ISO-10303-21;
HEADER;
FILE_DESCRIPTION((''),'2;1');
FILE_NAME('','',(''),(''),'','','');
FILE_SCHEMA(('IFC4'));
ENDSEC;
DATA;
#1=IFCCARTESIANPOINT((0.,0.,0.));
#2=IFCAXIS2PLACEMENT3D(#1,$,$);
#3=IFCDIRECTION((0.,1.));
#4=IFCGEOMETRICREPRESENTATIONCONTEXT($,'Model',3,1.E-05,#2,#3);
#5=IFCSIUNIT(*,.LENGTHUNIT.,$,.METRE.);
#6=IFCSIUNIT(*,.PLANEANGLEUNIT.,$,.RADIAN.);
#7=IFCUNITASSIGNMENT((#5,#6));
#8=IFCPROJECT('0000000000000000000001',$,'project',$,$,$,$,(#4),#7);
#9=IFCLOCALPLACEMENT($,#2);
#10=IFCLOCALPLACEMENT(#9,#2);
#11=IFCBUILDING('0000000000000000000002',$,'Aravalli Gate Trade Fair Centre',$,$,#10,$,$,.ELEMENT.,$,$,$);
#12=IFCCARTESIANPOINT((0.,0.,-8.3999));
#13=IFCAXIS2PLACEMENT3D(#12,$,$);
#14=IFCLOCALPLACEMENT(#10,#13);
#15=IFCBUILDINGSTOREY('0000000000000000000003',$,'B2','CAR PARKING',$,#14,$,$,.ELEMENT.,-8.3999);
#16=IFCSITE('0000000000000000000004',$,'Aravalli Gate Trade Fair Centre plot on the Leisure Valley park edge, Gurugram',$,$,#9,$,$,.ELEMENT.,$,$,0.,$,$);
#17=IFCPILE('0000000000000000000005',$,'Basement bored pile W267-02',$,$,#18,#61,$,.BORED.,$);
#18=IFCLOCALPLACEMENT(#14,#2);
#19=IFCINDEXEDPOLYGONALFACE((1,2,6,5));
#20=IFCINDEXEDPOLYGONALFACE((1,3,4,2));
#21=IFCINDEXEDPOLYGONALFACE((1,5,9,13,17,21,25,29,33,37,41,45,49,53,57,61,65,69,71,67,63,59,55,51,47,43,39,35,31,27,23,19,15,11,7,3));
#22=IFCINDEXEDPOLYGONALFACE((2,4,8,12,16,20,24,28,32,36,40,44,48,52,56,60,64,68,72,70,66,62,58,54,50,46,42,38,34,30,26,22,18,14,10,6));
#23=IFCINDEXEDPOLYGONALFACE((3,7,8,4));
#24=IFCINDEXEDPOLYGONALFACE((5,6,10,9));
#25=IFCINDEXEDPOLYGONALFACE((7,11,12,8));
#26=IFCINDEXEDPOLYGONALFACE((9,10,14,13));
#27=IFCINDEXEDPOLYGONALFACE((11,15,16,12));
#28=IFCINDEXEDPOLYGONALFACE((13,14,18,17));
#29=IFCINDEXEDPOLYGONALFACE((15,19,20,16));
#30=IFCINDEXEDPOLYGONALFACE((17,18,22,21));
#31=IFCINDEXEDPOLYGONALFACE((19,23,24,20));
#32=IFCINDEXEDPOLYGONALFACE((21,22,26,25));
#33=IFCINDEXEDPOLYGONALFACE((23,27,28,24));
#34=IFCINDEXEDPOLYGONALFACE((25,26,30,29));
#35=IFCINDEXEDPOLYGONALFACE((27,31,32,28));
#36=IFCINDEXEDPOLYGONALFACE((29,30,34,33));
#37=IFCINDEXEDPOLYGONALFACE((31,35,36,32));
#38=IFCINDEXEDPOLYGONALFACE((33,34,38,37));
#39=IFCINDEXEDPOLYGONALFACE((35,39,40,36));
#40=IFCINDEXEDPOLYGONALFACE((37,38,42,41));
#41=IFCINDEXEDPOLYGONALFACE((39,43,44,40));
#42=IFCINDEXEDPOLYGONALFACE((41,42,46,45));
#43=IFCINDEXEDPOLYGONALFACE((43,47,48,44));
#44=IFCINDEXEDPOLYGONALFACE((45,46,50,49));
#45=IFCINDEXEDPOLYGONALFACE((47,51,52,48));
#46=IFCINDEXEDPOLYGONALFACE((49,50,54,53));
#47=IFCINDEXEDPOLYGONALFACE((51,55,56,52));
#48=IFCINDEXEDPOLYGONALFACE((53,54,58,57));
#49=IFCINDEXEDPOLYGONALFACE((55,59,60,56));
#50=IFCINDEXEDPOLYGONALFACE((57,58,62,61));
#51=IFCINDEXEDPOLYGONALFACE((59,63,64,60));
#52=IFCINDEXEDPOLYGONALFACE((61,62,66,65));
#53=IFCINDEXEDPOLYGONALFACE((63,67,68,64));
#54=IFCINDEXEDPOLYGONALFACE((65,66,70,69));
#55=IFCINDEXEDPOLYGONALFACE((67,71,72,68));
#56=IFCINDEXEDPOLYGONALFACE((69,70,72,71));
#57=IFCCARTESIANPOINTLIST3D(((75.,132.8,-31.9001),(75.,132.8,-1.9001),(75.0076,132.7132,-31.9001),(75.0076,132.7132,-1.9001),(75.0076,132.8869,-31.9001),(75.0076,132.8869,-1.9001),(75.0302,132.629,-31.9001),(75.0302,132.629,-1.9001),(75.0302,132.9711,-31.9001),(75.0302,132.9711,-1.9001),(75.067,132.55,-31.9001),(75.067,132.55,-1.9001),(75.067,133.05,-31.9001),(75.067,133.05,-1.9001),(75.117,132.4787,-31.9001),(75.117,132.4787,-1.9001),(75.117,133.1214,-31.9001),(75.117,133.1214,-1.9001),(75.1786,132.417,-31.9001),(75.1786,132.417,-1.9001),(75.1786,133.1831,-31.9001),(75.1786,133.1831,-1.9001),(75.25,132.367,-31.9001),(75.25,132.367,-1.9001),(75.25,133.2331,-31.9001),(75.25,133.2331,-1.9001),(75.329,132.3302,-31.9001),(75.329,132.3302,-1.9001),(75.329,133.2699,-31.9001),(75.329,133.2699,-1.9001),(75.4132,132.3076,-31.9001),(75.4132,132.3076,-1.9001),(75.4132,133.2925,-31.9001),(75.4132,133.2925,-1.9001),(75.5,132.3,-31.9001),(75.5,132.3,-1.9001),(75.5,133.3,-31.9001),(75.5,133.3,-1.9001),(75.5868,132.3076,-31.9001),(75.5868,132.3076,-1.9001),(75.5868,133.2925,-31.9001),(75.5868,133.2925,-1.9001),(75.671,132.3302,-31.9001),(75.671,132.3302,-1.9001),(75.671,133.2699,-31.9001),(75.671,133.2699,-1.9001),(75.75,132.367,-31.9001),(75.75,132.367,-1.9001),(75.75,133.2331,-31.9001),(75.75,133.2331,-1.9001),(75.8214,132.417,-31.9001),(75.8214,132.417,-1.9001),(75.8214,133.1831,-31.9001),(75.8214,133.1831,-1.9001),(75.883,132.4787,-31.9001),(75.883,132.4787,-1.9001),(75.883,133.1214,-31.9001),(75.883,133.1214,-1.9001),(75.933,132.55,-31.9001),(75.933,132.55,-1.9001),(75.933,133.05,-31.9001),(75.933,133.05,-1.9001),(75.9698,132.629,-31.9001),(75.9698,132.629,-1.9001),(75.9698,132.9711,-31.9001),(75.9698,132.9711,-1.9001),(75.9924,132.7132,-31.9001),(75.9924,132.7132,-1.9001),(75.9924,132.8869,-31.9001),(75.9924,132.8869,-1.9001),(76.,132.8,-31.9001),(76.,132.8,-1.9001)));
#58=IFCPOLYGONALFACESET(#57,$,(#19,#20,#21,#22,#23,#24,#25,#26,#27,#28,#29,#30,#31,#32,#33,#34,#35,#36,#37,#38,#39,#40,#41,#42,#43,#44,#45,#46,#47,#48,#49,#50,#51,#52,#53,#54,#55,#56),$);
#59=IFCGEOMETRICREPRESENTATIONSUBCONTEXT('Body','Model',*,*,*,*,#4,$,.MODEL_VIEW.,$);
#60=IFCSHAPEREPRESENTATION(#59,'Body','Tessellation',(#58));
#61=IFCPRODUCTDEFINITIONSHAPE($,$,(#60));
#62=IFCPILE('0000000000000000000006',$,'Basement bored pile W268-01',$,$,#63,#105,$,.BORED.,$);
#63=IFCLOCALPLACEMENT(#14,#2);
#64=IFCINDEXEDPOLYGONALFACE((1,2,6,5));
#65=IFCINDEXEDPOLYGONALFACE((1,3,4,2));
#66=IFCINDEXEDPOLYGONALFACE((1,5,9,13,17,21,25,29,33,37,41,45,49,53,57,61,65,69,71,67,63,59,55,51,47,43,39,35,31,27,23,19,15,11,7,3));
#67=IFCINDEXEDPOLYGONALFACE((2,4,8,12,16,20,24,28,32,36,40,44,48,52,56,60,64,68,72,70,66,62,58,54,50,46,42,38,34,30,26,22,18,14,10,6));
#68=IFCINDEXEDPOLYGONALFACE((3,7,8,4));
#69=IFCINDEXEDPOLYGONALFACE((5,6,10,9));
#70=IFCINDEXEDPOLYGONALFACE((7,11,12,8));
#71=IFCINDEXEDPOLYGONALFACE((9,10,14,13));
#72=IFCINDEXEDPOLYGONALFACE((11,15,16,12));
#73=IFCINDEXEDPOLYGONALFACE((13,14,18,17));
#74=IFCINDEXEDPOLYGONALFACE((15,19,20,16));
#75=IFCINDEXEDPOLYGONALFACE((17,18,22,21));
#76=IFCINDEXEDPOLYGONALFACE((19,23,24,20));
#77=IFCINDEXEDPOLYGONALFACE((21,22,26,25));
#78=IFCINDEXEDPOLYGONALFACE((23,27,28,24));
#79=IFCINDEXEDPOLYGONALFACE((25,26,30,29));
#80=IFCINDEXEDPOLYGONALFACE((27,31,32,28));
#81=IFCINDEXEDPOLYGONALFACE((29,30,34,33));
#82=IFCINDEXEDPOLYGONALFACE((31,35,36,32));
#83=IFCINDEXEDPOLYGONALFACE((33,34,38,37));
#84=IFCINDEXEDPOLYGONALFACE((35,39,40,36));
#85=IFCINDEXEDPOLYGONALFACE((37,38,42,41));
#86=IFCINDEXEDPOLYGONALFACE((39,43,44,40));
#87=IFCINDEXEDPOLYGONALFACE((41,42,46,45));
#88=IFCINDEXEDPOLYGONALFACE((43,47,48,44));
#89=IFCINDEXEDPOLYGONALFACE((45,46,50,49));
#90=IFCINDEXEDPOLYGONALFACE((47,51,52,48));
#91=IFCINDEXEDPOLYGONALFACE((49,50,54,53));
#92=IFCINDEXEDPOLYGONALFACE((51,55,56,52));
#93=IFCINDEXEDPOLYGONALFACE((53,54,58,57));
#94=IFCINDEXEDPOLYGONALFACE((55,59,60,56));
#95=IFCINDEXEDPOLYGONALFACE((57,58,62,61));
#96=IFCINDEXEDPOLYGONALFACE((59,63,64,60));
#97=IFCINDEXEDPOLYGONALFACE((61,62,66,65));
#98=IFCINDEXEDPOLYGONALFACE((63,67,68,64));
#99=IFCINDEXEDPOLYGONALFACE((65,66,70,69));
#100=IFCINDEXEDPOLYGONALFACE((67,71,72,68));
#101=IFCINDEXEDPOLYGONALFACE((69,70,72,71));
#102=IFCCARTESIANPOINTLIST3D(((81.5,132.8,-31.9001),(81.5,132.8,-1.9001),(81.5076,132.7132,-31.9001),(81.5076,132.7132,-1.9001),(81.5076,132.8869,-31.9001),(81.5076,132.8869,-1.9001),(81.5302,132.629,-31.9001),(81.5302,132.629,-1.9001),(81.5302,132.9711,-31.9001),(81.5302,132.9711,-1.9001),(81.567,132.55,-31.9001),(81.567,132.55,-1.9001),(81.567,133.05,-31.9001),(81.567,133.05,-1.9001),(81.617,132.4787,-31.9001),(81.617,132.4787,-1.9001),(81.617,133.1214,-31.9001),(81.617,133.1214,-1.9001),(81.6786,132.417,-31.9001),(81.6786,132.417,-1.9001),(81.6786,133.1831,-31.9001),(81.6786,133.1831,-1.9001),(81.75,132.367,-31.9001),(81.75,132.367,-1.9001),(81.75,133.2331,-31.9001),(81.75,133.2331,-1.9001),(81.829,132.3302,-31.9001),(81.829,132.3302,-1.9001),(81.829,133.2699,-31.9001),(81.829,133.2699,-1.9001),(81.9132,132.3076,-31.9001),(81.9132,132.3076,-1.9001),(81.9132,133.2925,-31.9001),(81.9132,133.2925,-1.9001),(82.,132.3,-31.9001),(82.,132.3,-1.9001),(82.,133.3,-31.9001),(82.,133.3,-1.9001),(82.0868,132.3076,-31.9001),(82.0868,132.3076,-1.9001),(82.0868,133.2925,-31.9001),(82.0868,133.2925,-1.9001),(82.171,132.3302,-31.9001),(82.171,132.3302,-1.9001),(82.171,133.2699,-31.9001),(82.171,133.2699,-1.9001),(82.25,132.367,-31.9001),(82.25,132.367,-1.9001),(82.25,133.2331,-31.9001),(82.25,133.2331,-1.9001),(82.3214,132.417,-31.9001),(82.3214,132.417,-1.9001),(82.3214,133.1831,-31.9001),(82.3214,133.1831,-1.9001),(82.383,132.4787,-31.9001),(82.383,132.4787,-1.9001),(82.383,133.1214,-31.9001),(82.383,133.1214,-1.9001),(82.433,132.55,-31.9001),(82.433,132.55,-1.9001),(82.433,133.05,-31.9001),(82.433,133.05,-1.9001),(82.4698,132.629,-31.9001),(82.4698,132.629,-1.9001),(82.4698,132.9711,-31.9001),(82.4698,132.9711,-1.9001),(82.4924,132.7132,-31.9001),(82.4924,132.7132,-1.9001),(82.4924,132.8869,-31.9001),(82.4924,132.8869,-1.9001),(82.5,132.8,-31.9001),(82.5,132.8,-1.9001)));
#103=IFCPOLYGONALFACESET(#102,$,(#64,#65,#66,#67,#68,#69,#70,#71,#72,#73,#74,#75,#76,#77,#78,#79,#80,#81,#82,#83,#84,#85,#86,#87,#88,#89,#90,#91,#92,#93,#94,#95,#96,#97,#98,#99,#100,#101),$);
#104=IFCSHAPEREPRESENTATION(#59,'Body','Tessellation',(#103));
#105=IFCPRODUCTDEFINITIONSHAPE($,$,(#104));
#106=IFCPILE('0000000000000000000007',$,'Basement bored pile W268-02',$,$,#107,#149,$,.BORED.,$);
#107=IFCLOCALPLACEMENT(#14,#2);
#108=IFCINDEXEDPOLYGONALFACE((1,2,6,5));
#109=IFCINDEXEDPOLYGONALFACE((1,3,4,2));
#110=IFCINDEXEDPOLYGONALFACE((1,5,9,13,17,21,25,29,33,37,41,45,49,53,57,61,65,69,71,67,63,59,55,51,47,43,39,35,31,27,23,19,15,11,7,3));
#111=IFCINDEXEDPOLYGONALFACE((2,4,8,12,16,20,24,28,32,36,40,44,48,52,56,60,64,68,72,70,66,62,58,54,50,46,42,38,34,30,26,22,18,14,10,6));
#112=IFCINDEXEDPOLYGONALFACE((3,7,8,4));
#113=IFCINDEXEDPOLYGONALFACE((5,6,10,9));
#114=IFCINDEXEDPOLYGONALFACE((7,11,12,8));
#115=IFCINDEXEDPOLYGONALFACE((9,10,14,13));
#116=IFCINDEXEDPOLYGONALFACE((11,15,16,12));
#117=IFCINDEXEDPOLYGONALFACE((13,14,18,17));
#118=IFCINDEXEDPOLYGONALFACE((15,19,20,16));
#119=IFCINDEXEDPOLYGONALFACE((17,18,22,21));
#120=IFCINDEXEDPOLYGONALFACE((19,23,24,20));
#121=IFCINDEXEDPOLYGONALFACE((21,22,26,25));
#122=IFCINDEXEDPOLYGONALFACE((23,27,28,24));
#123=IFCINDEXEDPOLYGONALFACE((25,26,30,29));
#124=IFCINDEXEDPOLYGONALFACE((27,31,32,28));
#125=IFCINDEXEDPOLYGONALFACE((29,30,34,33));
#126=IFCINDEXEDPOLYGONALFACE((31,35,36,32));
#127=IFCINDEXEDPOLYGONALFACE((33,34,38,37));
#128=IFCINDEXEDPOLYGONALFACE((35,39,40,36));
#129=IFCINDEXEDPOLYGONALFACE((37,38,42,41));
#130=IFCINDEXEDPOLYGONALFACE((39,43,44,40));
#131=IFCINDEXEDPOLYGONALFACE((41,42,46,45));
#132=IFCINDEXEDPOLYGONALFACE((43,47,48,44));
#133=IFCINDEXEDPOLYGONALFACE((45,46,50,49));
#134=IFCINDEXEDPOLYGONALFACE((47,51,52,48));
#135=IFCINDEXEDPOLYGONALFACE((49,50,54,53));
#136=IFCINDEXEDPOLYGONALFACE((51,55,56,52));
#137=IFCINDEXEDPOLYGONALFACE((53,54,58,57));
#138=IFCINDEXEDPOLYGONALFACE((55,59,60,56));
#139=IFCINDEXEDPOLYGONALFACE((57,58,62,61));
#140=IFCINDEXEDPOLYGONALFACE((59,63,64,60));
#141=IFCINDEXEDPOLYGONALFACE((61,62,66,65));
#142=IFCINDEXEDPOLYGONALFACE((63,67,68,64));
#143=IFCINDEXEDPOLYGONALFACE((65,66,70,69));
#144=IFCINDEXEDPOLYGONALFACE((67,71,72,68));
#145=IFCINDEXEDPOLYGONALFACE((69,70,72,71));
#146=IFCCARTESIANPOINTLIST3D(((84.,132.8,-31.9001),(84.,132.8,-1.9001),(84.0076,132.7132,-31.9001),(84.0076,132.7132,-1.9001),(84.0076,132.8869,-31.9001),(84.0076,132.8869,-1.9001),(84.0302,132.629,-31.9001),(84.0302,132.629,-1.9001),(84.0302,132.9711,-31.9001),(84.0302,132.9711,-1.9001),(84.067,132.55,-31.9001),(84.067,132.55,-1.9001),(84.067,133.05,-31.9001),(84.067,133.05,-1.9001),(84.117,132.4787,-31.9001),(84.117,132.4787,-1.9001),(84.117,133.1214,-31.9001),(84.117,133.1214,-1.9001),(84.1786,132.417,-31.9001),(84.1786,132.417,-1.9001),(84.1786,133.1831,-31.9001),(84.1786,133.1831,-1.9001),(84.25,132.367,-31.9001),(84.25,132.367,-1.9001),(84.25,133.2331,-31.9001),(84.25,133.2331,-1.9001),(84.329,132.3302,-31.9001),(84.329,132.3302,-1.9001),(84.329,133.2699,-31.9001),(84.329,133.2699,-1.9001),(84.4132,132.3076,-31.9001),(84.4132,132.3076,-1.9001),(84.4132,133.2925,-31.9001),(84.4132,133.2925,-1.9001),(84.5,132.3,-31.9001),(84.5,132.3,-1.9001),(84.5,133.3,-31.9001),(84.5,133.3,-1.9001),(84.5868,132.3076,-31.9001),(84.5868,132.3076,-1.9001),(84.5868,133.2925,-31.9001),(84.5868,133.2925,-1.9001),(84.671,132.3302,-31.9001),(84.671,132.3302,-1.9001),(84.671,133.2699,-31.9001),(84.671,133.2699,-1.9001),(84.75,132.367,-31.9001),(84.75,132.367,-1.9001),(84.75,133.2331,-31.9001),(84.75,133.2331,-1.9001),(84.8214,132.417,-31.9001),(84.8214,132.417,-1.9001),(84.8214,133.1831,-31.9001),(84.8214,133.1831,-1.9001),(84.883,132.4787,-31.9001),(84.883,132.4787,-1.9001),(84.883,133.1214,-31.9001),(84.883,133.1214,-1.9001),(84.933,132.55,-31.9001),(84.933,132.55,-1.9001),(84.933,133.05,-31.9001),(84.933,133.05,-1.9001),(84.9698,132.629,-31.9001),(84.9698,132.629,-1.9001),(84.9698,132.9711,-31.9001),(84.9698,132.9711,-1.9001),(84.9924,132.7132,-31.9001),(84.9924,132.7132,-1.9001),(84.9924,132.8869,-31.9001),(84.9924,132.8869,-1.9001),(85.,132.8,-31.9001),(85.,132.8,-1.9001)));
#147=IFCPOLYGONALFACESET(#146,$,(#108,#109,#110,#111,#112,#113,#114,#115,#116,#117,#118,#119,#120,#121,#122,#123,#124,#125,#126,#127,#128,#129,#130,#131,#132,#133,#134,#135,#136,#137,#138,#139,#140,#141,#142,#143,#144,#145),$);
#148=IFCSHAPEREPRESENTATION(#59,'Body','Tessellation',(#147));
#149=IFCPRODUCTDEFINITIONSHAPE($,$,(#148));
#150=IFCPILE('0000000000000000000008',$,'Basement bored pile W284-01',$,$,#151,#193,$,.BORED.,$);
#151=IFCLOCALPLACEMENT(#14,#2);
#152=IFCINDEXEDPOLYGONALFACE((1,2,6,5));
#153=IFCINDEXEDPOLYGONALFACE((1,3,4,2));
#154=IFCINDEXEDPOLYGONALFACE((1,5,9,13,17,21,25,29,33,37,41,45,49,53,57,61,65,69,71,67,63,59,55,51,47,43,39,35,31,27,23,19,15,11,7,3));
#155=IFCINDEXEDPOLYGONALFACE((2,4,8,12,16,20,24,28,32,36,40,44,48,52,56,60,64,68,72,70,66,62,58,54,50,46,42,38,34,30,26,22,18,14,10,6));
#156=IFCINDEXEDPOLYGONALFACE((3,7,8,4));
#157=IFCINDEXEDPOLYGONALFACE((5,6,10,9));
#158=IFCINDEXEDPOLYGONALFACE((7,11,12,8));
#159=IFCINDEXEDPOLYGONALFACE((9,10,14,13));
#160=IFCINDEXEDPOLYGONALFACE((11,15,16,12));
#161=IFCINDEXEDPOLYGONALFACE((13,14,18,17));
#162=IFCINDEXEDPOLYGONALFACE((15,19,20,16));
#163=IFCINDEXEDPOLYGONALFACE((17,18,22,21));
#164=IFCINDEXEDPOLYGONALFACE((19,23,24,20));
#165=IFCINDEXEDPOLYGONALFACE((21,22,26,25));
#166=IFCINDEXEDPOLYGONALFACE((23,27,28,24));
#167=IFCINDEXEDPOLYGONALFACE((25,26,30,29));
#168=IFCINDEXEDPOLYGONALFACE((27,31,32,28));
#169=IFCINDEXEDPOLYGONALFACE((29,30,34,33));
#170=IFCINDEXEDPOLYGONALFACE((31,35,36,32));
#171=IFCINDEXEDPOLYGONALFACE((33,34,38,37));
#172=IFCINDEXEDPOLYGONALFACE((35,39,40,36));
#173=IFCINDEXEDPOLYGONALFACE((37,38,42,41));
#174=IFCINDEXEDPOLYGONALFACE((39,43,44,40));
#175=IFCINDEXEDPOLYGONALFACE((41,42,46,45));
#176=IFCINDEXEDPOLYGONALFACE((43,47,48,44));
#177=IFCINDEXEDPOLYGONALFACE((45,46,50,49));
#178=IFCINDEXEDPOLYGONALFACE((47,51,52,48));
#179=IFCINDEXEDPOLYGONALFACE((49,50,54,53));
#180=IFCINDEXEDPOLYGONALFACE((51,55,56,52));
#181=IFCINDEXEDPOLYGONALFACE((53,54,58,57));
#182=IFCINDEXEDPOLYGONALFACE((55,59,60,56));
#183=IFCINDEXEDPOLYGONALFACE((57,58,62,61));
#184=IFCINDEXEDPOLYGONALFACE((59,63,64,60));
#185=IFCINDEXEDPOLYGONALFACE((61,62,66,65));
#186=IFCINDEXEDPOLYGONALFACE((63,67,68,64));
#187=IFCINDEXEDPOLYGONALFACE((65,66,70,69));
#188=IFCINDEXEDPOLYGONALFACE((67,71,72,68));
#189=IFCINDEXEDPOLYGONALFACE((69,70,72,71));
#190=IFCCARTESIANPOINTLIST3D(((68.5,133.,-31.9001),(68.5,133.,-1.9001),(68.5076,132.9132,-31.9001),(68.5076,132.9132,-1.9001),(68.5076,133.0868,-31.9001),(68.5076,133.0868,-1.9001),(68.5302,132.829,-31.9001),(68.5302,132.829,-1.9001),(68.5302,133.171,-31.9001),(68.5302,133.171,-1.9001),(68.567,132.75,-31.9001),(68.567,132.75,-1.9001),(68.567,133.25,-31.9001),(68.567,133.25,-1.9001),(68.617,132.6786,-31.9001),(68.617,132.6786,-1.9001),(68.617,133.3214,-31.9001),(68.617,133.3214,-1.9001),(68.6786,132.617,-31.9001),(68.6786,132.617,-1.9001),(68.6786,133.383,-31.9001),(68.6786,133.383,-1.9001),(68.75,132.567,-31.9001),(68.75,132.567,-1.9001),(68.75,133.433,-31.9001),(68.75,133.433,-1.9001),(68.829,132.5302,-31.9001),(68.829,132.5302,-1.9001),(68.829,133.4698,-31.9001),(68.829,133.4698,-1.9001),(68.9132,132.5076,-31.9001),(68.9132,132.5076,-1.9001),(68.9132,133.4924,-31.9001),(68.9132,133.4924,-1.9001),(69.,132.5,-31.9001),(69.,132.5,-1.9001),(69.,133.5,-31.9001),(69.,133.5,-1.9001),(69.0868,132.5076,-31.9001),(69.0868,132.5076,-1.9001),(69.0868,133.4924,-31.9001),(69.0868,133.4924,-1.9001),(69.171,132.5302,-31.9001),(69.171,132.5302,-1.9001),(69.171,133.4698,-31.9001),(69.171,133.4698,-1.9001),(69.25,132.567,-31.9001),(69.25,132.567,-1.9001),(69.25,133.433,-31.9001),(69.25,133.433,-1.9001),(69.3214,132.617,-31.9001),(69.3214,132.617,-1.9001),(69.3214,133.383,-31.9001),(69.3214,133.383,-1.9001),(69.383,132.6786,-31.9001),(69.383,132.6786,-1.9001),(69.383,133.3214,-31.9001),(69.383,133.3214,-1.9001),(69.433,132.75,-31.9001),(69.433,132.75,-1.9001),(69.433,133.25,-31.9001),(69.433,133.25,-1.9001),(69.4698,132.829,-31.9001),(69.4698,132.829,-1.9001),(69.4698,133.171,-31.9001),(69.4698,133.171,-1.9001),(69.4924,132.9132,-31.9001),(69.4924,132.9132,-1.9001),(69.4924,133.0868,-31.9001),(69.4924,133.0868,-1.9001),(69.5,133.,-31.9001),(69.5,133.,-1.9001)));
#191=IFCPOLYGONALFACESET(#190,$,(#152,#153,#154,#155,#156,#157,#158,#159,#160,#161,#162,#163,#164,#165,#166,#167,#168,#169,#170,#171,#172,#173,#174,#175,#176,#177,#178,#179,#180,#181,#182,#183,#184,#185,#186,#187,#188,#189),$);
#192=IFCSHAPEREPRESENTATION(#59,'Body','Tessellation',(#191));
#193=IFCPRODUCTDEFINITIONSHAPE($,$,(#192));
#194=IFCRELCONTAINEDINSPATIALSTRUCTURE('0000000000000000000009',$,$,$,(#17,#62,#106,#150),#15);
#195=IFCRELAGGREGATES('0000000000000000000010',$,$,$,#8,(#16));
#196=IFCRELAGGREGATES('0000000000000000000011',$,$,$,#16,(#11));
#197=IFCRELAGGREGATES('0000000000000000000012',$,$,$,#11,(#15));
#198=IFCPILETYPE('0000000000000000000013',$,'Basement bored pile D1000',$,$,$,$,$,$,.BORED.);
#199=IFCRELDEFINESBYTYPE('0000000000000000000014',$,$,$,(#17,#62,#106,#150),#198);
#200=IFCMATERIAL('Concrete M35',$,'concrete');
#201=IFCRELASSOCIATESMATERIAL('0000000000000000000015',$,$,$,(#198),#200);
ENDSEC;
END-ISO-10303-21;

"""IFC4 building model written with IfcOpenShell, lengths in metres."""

from ifc_helpers import new_model, si_unit, direction, frame, origin, origin_2d, place, context, subcontext, project, spatial, circle, extrude, material, material_profile, profile_set, type_object, element, save


model = new_model("IFC4")

# Units and contexts
model_context = context("Model", 3, precision=1e-05, world=origin(), true_north=direction((0.0, 1.0)))
body_context = subcontext(model_context, "Body", "Model", "MODEL_VIEW")
ifc_project = project(units=[si_unit("LENGTHUNIT", "METRE"), si_unit("PLANEANGLEUNIT", "RADIAN")], contexts=[model_context])

# Site, building, storey
site_placement = place(None, origin())
site = spatial("IfcSite", under=ifc_project, at=site_placement, Name="Aravalli Gate Trade Fair Centre plot on the Leisure Valley park edge, Gurugram", CompositionType="ELEMENT", RefElevation=0.0)
building_placement = place(site_placement, origin())
building = spatial("IfcBuilding", under=site, at=building_placement, Name="Aravalli Gate Trade Fair Centre", CompositionType="ELEMENT")
storey_placement = place(building_placement, frame((0.0, 0.0, -8.3999)))
storey = spatial("IfcBuildingStorey", under=building, at=storey_placement, Name="B2", Description="CAR PARKING", CompositionType="ELEMENT", Elevation=-8.3999)

# Piles
ifc_material_1 = material(Name="Concrete M35", Category="concrete")
ifc_material_profile_1 = material_profile(ifc_material_1, circle(Radius=0.5, at=origin_2d()), Name="D1000")
ifc_profile_set_1 = profile_set([ifc_material_profile_1], Name="Concrete M35")
pile_type = type_object("IfcPileType", Name="Basement bored pile D1000", PredefinedType="BORED", material=ifc_profile_set_1)
for number, where, z_axis, x_axis, name in (
    (1, (75.5, 132.8, -1.9001), (0.0, 0.0, -1.0), (1.0, 0.0, 0.0), "Basement bored pile W267-02"),
    (2, (82.0, 132.8, -1.9001), (0.0, 0.0, -1.0), (1.0, 0.0, 0.0), "Basement bored pile W268-01"),
    (3, (84.5, 132.8, -1.9001), (0.0, 0.0, -1.0), (1.0, 0.0, 0.0), "Basement bored pile W268-02"),
    (4, (69.0, 133.0, -1.9001), (0.0, 0.0, -1.0), (1.0, 0.0, 0.0), "Basement bored pile W284-01"),
):
    element("IfcPile", number, at=place(storey_placement, frame(where, z_axis=z_axis, x_axis=x_axis)), inside=storey, type_object=pile_type, Name=name, PredefinedType="BORED", context=body_context, shape_type="SweptSolid", body=[
        extrude(circle(Radius=0.5, at=origin_2d()), origin(), (0.0, 0.0, 1.0), 30.0),
    ])

save(model, "model.ifc")
